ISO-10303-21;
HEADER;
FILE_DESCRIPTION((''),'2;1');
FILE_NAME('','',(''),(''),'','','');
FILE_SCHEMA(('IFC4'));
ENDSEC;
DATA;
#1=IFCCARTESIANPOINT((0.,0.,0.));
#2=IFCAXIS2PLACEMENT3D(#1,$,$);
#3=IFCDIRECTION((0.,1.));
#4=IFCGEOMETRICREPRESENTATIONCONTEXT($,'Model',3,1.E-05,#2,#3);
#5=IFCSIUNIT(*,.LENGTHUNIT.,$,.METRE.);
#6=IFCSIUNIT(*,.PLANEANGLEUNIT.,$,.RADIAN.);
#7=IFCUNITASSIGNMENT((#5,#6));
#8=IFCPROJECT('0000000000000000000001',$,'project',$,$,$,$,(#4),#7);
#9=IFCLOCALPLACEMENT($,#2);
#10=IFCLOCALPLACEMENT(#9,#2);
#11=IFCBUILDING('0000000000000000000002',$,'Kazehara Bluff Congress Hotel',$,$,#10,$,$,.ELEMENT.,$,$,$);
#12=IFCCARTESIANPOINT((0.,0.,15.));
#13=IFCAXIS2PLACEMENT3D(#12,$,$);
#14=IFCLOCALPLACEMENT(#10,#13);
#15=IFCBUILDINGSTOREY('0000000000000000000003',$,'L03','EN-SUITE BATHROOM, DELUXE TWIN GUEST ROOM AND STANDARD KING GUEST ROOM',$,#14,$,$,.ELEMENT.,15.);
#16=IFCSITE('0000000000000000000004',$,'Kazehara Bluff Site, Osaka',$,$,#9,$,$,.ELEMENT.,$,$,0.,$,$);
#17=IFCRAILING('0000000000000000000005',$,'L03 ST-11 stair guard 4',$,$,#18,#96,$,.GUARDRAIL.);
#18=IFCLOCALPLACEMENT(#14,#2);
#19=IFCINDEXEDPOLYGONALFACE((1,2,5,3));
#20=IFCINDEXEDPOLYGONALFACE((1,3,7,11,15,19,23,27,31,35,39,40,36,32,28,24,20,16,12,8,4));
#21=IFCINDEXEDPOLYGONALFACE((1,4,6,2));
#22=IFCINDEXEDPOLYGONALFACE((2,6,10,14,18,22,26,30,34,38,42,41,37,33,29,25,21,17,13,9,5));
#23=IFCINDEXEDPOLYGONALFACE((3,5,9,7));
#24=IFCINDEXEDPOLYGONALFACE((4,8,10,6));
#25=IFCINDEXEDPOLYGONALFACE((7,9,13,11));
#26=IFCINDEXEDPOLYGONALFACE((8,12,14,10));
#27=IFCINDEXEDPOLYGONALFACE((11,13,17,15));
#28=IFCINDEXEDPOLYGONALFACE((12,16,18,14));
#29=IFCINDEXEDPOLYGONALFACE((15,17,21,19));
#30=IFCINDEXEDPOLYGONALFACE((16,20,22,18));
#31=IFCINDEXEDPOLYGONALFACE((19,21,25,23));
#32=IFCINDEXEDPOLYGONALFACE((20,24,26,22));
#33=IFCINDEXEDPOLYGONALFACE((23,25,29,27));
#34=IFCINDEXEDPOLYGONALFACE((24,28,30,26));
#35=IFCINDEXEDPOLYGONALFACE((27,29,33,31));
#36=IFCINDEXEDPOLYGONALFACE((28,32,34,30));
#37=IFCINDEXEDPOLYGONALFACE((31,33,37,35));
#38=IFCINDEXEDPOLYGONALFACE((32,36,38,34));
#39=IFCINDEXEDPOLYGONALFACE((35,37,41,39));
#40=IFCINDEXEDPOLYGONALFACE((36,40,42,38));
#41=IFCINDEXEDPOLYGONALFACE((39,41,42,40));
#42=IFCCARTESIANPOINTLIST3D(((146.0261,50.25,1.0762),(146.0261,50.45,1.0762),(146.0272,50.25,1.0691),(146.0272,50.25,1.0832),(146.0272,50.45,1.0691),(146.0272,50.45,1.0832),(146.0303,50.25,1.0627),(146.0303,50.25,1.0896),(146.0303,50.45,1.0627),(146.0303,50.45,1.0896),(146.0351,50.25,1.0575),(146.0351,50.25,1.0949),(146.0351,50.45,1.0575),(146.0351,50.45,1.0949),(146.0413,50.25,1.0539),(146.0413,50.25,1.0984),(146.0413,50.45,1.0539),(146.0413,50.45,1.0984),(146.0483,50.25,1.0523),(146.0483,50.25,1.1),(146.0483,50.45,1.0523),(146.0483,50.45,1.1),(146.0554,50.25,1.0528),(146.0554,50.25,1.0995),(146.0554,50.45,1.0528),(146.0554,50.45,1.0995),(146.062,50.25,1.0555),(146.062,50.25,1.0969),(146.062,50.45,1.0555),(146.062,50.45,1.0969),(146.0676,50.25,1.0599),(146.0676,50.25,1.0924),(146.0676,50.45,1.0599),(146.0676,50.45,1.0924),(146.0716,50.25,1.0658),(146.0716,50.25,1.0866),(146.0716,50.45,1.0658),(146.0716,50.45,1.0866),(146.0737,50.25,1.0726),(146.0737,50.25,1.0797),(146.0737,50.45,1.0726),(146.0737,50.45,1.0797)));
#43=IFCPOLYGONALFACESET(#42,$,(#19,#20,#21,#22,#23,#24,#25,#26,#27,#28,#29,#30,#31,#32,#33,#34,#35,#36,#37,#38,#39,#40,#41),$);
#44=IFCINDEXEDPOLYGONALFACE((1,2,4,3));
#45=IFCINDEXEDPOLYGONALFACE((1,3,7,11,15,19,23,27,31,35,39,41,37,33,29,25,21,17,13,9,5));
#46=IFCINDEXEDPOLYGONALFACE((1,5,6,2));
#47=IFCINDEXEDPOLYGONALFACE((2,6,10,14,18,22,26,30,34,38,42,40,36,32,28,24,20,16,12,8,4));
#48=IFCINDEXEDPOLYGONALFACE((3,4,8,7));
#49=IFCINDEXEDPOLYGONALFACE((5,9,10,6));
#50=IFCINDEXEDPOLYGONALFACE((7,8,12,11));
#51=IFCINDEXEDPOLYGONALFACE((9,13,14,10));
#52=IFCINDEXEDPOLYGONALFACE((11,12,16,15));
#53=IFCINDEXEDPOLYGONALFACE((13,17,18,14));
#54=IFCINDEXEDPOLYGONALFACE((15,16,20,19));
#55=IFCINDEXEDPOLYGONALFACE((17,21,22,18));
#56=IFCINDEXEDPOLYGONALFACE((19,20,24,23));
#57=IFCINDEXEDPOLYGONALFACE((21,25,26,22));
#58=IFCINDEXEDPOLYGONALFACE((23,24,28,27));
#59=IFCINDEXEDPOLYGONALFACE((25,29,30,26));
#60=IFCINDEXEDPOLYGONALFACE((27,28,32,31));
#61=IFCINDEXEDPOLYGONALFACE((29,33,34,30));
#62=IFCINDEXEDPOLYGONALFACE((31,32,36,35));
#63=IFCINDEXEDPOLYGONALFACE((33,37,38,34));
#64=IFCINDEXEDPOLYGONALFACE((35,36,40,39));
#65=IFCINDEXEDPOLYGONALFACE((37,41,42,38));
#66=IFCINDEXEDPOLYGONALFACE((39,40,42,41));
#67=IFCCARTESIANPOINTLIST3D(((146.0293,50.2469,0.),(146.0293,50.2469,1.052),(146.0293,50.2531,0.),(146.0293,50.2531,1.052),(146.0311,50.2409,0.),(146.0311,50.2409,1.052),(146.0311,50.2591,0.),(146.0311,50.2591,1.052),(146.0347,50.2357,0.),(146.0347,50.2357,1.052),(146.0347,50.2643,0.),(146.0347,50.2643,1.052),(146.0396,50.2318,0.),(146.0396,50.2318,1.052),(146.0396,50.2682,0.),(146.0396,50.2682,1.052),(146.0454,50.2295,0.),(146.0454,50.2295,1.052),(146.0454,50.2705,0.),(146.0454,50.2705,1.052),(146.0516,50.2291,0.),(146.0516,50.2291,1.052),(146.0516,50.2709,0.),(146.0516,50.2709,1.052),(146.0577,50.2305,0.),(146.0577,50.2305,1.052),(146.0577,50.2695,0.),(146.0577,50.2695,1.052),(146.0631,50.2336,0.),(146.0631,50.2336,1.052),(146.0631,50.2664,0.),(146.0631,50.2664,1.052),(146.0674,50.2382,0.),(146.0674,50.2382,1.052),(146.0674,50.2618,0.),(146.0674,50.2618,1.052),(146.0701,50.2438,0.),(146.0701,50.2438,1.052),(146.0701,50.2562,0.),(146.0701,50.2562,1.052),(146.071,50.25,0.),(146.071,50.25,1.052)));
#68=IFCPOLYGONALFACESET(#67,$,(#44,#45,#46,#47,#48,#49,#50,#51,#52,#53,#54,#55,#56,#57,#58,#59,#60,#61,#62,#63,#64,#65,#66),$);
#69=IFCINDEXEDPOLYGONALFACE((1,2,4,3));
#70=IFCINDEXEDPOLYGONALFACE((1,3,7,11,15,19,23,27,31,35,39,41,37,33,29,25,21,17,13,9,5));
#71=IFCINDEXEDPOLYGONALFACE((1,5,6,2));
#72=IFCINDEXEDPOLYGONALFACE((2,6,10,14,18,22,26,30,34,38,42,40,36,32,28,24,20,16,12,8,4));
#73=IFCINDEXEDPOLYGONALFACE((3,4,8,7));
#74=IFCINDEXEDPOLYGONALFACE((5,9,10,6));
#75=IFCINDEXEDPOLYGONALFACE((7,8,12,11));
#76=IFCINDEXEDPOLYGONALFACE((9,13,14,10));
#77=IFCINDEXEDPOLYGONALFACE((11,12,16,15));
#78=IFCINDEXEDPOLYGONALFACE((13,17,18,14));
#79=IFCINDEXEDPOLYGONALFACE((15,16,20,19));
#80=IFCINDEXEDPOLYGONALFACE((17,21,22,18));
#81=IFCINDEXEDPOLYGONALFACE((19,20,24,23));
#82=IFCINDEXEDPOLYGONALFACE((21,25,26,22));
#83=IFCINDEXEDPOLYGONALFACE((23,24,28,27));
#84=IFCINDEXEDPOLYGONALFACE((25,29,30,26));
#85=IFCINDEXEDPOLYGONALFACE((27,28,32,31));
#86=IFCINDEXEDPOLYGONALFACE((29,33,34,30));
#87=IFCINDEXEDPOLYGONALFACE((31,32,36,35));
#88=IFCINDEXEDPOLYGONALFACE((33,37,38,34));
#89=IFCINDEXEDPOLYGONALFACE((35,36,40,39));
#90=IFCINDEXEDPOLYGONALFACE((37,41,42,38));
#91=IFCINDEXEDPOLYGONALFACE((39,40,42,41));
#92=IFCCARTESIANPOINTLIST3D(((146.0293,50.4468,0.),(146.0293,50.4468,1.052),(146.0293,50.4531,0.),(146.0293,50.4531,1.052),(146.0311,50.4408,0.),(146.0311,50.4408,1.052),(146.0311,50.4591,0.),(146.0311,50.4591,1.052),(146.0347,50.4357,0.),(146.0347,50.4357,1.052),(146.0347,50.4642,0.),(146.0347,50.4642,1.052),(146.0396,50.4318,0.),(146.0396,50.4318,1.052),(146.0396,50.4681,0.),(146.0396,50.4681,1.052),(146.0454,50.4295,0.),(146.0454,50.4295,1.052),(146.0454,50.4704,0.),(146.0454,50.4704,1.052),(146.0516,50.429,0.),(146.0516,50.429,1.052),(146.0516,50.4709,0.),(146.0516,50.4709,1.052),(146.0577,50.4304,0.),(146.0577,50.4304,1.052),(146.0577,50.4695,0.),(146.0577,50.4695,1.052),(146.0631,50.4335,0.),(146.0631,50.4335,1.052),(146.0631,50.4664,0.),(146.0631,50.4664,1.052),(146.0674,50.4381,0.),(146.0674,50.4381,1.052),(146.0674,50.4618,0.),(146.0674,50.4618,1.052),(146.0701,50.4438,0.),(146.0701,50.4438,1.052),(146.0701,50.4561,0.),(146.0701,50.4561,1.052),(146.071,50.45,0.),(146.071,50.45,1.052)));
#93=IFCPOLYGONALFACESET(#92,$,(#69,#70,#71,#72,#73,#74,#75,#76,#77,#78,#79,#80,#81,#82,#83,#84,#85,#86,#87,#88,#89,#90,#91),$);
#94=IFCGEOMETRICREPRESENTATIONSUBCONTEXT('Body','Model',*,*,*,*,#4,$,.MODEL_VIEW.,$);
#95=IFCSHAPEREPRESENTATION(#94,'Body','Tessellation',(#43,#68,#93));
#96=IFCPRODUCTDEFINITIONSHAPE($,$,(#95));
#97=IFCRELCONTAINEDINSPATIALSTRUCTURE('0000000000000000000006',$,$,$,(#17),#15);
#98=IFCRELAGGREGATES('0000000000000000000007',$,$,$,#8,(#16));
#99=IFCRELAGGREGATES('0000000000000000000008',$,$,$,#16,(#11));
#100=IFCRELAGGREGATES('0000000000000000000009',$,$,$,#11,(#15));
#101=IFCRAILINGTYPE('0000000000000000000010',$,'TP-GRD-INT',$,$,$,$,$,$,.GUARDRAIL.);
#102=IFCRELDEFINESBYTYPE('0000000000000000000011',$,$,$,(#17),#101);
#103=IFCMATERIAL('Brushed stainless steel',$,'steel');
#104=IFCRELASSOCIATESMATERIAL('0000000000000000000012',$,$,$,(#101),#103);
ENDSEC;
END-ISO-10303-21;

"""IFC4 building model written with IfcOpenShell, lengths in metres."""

from ifc_helpers import new_model, si_unit, direction, frame, origin, origin_2d, place, context, subcontext, project, spatial, circle, extrude, material, type_object, element, save


model = new_model("IFC4")

# Units and contexts
model_context = context("Model", 3, precision=1e-05, world=origin(), true_north=direction((0.0, 1.0)))
body_context = subcontext(model_context, "Body", "Model", "MODEL_VIEW")
ifc_project = project(units=[si_unit("LENGTHUNIT", "METRE"), si_unit("PLANEANGLEUNIT", "RADIAN")], contexts=[model_context])

# Site, building, storey
site_placement = place(None, origin())
site = spatial("IfcSite", under=ifc_project, at=site_placement, Name="Kazehara Bluff Site, Osaka", CompositionType="ELEMENT", RefElevation=0.0)
building_placement = place(site_placement, origin())
building = spatial("IfcBuilding", under=site, at=building_placement, Name="Kazehara Bluff Congress Hotel", CompositionType="ELEMENT")
storey_placement = place(building_placement, frame((0.0, 0.0, 15.0)))
storey = spatial("IfcBuildingStorey", under=building, at=storey_placement, Name="L03", Description="EN-SUITE BATHROOM, DELUXE TWIN GUEST ROOM AND STANDARD KING GUEST ROOM", CompositionType="ELEMENT", Elevation=15.0)

# Railing
ifc_material_1 = material(Name="Brushed stainless steel", Category="steel")
railing_type_1 = type_object("IfcRailingType", Name="TP-GRD-INT", PredefinedType="GUARDRAIL", material=ifc_material_1)
railing_1_placement = place(storey_placement, frame((146.05, 50.25, 0.0)))
element("IfcRailing", 1, at=railing_1_placement, inside=storey, type_object=railing_type_1, Name="L03 ST-11 stair guard 4", PredefinedType="GUARDRAIL", context=body_context, shape_type="SweptSolid", body=[
    extrude(circle(Radius=0.0239, at=origin_2d()), frame((0.0, 0.0, 1.0762), z_axis=(0.0, 1.0, 0.0), x_axis=(-1.0, 0.0, 0.0)), (0.0, 0.0, 1.0), 0.2),
    extrude(circle(Radius=0.021, at=origin_2d()), origin(), (0.0, 0.0, 1.0), 1.052),
    extrude(circle(Radius=0.021, at=origin_2d()), frame((0.0, 0.2, 0.0)), (0.0, 0.0, 1.0), 1.052),
])

save(model, "model.ifc")
